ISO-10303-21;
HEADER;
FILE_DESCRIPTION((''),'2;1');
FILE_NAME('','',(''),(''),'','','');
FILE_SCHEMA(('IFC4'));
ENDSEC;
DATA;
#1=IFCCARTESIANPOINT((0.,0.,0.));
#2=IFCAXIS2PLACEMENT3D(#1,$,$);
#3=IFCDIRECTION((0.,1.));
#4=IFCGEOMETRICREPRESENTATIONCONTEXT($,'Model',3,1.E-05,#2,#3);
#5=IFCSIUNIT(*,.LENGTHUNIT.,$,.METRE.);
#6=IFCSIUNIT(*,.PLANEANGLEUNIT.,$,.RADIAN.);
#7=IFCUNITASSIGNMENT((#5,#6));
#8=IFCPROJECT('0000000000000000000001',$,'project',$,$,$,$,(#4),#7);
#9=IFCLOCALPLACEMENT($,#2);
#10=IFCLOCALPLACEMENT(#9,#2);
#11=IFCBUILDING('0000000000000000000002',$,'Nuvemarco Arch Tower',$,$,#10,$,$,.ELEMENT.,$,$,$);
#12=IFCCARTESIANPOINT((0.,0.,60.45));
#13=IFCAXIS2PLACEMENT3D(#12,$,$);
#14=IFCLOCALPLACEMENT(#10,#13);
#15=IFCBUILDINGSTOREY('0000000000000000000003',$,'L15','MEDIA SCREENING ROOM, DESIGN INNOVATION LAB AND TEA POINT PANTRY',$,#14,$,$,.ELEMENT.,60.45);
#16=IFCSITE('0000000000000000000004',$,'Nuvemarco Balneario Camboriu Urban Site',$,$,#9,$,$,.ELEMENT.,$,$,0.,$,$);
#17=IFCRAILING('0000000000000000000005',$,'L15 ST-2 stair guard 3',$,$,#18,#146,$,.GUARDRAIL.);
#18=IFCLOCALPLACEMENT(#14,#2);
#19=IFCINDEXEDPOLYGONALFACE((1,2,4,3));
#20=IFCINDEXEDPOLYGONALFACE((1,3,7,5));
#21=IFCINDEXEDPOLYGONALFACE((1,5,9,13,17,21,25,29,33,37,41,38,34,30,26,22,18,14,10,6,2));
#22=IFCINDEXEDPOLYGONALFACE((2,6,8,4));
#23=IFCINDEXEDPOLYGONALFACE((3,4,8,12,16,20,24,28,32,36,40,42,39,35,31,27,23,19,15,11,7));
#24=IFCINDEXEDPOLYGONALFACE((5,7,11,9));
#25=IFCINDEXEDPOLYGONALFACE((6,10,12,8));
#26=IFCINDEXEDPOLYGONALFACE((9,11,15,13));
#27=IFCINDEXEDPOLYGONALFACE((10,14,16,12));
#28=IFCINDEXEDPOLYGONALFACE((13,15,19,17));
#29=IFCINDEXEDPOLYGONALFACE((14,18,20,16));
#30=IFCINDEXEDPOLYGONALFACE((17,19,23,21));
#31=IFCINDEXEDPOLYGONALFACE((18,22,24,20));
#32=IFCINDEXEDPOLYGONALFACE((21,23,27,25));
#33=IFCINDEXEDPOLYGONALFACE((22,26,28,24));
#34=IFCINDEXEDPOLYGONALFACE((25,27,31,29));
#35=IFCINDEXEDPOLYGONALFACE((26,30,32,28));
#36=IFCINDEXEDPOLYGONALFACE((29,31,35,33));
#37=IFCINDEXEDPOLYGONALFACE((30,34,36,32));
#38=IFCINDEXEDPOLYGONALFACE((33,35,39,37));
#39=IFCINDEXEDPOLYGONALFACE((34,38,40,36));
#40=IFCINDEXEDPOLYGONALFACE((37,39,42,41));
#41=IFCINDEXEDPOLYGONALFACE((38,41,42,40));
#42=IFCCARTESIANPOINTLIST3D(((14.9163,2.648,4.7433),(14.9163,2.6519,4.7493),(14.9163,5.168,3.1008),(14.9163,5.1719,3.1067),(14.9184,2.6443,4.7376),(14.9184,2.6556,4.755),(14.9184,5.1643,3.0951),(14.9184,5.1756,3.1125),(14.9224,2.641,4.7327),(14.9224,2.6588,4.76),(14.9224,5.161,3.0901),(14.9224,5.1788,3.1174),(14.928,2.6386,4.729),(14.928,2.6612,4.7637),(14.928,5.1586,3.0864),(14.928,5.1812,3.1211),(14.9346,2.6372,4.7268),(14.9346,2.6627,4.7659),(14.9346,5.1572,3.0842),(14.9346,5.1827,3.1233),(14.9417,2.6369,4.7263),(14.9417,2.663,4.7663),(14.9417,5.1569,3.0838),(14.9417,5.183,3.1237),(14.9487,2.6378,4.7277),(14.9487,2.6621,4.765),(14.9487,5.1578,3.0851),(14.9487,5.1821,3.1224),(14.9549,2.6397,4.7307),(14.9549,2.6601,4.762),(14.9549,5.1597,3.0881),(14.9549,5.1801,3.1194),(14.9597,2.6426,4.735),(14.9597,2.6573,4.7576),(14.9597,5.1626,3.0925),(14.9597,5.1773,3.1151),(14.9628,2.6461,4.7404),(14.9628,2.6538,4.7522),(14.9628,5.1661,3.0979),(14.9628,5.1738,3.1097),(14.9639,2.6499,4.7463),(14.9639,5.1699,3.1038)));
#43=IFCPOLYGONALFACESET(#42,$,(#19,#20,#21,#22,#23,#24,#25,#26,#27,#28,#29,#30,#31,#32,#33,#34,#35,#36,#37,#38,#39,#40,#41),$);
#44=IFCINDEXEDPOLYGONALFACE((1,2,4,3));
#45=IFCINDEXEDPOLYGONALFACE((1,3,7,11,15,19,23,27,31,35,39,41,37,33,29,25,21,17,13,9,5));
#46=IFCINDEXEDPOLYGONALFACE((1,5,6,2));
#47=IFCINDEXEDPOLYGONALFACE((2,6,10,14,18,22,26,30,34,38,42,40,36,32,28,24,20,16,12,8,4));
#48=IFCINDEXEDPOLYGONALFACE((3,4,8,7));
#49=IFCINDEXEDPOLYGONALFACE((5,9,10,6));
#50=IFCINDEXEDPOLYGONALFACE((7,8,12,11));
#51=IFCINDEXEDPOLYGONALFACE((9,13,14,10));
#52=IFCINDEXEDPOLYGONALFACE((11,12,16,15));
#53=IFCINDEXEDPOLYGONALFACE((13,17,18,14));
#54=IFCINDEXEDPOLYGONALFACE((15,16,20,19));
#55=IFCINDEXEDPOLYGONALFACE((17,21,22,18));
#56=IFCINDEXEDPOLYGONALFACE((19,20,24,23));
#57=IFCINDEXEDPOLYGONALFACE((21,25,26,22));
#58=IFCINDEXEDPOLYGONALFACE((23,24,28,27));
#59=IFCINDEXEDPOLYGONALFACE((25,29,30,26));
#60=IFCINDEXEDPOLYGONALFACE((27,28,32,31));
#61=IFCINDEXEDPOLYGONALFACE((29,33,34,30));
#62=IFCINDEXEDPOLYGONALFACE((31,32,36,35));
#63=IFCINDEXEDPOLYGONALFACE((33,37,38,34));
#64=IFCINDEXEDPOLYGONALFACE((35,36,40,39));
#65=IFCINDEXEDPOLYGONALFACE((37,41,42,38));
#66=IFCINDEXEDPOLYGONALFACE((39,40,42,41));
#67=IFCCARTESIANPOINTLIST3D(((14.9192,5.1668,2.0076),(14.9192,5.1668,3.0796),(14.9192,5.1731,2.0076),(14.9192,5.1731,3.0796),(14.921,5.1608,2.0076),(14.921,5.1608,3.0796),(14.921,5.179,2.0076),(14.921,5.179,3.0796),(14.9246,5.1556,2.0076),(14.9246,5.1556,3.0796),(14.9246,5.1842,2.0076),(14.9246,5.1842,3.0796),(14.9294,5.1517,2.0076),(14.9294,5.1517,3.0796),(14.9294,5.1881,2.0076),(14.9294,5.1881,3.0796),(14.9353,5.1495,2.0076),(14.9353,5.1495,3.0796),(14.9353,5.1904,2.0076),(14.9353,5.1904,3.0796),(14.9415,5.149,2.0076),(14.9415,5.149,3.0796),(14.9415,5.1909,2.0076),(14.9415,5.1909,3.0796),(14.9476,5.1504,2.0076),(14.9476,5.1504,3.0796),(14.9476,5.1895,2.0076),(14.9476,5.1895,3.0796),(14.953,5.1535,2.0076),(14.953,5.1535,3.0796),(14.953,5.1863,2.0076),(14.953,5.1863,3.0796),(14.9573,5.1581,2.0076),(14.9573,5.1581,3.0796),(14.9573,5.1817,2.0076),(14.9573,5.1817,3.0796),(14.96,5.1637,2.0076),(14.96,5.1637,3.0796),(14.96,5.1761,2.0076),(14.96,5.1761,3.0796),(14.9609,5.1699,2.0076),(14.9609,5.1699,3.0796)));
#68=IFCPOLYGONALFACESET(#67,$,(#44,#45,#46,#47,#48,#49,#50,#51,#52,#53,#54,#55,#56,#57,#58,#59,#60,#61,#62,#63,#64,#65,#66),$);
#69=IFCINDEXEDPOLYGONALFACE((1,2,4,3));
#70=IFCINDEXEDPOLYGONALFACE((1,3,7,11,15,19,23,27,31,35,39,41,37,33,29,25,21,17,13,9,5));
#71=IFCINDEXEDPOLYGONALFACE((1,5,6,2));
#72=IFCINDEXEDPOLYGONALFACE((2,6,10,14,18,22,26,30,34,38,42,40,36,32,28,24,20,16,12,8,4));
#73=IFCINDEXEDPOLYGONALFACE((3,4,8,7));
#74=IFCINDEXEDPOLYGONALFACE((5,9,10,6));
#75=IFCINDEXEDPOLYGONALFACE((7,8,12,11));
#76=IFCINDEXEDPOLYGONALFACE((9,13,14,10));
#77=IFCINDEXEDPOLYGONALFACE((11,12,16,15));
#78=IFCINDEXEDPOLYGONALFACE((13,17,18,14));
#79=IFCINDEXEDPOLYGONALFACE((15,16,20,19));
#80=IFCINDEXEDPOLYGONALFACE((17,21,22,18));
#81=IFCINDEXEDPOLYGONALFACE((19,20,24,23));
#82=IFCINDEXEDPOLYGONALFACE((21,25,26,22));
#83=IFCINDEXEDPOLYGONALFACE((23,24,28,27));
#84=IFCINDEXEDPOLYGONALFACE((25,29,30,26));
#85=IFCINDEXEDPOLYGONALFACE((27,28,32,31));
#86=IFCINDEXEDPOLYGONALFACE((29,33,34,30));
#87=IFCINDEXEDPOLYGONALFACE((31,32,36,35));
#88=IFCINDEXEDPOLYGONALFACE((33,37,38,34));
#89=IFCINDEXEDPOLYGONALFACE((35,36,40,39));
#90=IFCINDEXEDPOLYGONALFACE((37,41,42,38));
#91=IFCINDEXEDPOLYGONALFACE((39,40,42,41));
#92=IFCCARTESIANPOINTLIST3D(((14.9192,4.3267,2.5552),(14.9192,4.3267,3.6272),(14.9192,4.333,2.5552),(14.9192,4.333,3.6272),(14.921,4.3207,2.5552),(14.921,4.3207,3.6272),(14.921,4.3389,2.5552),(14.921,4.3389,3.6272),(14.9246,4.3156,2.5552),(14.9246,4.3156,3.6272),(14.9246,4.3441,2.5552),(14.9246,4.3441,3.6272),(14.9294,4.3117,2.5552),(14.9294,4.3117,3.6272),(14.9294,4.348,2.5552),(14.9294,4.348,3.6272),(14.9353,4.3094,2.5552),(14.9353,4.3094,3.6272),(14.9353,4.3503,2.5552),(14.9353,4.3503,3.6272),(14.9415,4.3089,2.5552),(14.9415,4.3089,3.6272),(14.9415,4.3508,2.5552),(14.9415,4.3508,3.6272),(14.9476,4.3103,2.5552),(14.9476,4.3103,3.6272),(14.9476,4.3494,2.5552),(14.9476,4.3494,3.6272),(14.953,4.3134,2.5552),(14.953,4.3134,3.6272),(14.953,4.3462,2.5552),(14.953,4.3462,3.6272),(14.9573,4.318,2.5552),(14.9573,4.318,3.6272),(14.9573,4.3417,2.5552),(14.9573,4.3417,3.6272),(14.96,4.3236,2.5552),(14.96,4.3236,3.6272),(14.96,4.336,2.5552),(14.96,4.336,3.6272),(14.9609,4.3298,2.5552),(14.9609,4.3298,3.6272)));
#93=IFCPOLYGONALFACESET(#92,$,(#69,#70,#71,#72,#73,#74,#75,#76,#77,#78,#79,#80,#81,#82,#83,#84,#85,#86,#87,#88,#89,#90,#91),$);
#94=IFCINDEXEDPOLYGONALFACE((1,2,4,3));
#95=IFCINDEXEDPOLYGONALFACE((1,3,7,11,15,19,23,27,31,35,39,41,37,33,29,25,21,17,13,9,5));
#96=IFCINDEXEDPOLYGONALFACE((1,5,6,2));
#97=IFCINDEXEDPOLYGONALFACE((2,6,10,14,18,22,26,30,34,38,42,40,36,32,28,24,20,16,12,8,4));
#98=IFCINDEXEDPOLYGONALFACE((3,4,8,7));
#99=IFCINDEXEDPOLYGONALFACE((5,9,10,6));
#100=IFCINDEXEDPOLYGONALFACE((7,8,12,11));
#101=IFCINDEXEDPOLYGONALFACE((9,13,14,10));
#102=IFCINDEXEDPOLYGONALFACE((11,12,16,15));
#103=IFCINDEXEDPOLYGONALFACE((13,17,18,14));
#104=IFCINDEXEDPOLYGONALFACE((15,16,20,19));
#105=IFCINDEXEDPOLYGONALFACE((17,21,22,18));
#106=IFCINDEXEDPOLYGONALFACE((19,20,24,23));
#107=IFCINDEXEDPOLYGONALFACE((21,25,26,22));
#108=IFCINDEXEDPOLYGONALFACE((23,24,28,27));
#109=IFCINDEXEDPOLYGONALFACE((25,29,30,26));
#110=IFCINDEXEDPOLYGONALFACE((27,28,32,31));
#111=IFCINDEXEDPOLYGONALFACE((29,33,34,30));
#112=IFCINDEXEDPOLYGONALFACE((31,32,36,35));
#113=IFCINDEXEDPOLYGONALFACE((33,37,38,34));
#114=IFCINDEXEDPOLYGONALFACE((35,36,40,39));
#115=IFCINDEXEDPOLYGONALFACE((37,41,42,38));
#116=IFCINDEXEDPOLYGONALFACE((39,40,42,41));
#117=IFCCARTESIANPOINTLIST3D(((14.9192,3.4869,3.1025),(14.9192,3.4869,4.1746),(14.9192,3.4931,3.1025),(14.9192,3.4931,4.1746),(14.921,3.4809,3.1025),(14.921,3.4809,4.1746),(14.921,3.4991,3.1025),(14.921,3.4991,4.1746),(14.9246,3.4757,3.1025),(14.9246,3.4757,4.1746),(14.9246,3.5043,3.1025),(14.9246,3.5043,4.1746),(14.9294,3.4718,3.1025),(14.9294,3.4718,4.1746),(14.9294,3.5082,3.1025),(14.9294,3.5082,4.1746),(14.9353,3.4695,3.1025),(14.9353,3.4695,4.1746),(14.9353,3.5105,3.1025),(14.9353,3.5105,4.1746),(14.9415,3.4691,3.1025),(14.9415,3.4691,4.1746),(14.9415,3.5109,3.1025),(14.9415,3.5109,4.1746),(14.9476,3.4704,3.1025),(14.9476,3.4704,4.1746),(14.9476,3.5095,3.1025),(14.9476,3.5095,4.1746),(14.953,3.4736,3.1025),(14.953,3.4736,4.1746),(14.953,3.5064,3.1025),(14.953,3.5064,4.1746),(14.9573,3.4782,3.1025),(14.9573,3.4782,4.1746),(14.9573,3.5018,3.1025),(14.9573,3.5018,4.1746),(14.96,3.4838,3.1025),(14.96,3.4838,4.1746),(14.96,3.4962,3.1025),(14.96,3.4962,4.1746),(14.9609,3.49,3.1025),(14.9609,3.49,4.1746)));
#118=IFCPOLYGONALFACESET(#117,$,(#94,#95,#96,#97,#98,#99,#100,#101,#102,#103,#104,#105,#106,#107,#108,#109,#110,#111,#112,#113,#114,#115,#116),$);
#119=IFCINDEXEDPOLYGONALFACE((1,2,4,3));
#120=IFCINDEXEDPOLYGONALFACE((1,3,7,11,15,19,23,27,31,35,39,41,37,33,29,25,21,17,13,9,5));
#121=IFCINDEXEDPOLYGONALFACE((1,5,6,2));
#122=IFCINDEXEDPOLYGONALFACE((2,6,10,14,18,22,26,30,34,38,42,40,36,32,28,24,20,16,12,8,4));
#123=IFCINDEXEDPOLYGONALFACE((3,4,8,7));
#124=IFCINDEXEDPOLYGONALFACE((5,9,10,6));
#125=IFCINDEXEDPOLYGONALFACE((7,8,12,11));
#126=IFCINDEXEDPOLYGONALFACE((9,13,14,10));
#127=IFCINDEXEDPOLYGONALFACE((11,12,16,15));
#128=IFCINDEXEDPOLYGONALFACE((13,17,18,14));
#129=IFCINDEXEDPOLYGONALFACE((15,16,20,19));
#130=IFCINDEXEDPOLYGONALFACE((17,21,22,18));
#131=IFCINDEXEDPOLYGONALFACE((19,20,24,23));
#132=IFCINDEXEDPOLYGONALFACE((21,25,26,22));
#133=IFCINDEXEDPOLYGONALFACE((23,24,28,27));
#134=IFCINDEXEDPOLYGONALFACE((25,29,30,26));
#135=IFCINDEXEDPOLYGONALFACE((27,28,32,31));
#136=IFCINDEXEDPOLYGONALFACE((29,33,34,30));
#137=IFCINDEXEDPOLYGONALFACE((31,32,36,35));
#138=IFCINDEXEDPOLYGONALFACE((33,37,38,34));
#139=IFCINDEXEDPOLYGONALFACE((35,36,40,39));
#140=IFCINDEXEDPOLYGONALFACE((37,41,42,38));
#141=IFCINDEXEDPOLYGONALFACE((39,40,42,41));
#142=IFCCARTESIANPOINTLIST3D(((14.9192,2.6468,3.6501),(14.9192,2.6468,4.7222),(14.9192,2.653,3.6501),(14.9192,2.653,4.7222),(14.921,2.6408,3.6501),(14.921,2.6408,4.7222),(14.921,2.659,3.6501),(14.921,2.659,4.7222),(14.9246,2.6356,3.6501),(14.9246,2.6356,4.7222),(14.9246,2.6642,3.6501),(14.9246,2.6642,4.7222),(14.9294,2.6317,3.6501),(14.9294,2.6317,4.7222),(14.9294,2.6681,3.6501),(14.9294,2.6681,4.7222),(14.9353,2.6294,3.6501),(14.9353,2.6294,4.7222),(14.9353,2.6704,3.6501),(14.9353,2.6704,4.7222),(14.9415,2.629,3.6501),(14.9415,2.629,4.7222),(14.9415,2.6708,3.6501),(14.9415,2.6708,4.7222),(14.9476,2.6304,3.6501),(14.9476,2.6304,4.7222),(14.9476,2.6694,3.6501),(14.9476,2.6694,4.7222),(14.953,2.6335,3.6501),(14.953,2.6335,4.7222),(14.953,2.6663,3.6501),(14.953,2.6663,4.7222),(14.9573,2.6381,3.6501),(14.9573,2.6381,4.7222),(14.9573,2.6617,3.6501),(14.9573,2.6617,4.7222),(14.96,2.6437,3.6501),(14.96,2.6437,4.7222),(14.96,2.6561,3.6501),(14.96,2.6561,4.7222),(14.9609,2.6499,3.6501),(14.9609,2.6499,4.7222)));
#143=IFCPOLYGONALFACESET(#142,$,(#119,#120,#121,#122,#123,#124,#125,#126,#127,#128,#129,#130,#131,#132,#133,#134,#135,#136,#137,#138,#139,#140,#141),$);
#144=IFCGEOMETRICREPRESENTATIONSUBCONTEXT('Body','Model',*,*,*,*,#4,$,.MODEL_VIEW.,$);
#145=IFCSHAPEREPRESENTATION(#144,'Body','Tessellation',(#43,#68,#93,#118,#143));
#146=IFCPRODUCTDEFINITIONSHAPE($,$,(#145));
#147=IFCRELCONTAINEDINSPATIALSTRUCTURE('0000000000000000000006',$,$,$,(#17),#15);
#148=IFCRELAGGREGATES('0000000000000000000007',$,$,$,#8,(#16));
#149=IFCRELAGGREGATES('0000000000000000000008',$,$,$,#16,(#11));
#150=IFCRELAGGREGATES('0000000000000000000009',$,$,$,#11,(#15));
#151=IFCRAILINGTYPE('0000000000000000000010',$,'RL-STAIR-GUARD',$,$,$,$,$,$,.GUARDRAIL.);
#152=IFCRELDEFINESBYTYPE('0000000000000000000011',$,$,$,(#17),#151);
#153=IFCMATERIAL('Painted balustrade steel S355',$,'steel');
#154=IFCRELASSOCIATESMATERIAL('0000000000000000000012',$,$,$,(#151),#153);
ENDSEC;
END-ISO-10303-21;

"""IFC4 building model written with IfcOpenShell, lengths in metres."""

from ifc_helpers import new_model, si_unit, direction, frame, origin, origin_2d, place, context, subcontext, project, spatial, circle, extrude, material, type_object, element, save


model = new_model("IFC4")

# Units and contexts
model_context = context("Model", 3, precision=1e-05, world=origin(), true_north=direction((0.0, 1.0)))
body_context = subcontext(model_context, "Body", "Model", "MODEL_VIEW")
ifc_project = project(units=[si_unit("LENGTHUNIT", "METRE"), si_unit("PLANEANGLEUNIT", "RADIAN")], contexts=[model_context])

# Site, building, storey
site_placement = place(None, origin())
site = spatial("IfcSite", under=ifc_project, at=site_placement, Name="Nuvemarco Balneario Camboriu Urban Site", CompositionType="ELEMENT", RefElevation=0.0)
building_placement = place(site_placement, origin())
building = spatial("IfcBuilding", under=site, at=building_placement, Name="Nuvemarco Arch Tower", CompositionType="ELEMENT")
storey_placement = place(building_placement, frame((0.0, 0.0, 60.45)))
storey = spatial("IfcBuildingStorey", under=building, at=storey_placement, Name="L15", Description="MEDIA SCREENING ROOM, DESIGN INNOVATION LAB AND TEA POINT PANTRY", CompositionType="ELEMENT", Elevation=60.45)

# Railing
ifc_material_1 = material(Name="Painted balustrade steel S355", Category="steel")
railing_type_1 = type_object("IfcRailingType", Name="RL-STAIR-GUARD", PredefinedType="GUARDRAIL", material=ifc_material_1)
railing_1_placement = place(storey_placement, frame((14.9399, 5.1699, 2.0076)))
element("IfcRailing", 1, at=railing_1_placement, inside=storey, type_object=railing_type_1, Name="L15 ST-2 stair guard 3", PredefinedType="GUARDRAIL", context=body_context, shape_type="SweptSolid", body=[
    extrude(circle(Radius=0.0239, at=origin_2d()), frame((0.0, 0.0, 1.0962), z_axis=(0.0, -0.837749, 0.546055), x_axis=(1.0, 0.0, 0.0)), (0.0, 0.0, 1.0), 3.0081),
    extrude(circle(Radius=0.021, at=origin_2d()), origin(), (0.0, 0.0, 1.0), 1.072),
    extrude(circle(Radius=0.021, at=origin_2d()), frame((0.0, -0.8401, 0.5476)), (0.0, 0.0, 1.0), 1.072),
    extrude(circle(Radius=0.021, at=origin_2d()), frame((0.0, -1.6799, 1.095)), (0.0, 0.0, 1.0), 1.072),
    extrude(circle(Radius=0.021, at=origin_2d()), frame((0.0, -2.52, 1.6426)), (0.0, 0.0, 1.0), 1.072),
])

save(model, "model.ifc")
